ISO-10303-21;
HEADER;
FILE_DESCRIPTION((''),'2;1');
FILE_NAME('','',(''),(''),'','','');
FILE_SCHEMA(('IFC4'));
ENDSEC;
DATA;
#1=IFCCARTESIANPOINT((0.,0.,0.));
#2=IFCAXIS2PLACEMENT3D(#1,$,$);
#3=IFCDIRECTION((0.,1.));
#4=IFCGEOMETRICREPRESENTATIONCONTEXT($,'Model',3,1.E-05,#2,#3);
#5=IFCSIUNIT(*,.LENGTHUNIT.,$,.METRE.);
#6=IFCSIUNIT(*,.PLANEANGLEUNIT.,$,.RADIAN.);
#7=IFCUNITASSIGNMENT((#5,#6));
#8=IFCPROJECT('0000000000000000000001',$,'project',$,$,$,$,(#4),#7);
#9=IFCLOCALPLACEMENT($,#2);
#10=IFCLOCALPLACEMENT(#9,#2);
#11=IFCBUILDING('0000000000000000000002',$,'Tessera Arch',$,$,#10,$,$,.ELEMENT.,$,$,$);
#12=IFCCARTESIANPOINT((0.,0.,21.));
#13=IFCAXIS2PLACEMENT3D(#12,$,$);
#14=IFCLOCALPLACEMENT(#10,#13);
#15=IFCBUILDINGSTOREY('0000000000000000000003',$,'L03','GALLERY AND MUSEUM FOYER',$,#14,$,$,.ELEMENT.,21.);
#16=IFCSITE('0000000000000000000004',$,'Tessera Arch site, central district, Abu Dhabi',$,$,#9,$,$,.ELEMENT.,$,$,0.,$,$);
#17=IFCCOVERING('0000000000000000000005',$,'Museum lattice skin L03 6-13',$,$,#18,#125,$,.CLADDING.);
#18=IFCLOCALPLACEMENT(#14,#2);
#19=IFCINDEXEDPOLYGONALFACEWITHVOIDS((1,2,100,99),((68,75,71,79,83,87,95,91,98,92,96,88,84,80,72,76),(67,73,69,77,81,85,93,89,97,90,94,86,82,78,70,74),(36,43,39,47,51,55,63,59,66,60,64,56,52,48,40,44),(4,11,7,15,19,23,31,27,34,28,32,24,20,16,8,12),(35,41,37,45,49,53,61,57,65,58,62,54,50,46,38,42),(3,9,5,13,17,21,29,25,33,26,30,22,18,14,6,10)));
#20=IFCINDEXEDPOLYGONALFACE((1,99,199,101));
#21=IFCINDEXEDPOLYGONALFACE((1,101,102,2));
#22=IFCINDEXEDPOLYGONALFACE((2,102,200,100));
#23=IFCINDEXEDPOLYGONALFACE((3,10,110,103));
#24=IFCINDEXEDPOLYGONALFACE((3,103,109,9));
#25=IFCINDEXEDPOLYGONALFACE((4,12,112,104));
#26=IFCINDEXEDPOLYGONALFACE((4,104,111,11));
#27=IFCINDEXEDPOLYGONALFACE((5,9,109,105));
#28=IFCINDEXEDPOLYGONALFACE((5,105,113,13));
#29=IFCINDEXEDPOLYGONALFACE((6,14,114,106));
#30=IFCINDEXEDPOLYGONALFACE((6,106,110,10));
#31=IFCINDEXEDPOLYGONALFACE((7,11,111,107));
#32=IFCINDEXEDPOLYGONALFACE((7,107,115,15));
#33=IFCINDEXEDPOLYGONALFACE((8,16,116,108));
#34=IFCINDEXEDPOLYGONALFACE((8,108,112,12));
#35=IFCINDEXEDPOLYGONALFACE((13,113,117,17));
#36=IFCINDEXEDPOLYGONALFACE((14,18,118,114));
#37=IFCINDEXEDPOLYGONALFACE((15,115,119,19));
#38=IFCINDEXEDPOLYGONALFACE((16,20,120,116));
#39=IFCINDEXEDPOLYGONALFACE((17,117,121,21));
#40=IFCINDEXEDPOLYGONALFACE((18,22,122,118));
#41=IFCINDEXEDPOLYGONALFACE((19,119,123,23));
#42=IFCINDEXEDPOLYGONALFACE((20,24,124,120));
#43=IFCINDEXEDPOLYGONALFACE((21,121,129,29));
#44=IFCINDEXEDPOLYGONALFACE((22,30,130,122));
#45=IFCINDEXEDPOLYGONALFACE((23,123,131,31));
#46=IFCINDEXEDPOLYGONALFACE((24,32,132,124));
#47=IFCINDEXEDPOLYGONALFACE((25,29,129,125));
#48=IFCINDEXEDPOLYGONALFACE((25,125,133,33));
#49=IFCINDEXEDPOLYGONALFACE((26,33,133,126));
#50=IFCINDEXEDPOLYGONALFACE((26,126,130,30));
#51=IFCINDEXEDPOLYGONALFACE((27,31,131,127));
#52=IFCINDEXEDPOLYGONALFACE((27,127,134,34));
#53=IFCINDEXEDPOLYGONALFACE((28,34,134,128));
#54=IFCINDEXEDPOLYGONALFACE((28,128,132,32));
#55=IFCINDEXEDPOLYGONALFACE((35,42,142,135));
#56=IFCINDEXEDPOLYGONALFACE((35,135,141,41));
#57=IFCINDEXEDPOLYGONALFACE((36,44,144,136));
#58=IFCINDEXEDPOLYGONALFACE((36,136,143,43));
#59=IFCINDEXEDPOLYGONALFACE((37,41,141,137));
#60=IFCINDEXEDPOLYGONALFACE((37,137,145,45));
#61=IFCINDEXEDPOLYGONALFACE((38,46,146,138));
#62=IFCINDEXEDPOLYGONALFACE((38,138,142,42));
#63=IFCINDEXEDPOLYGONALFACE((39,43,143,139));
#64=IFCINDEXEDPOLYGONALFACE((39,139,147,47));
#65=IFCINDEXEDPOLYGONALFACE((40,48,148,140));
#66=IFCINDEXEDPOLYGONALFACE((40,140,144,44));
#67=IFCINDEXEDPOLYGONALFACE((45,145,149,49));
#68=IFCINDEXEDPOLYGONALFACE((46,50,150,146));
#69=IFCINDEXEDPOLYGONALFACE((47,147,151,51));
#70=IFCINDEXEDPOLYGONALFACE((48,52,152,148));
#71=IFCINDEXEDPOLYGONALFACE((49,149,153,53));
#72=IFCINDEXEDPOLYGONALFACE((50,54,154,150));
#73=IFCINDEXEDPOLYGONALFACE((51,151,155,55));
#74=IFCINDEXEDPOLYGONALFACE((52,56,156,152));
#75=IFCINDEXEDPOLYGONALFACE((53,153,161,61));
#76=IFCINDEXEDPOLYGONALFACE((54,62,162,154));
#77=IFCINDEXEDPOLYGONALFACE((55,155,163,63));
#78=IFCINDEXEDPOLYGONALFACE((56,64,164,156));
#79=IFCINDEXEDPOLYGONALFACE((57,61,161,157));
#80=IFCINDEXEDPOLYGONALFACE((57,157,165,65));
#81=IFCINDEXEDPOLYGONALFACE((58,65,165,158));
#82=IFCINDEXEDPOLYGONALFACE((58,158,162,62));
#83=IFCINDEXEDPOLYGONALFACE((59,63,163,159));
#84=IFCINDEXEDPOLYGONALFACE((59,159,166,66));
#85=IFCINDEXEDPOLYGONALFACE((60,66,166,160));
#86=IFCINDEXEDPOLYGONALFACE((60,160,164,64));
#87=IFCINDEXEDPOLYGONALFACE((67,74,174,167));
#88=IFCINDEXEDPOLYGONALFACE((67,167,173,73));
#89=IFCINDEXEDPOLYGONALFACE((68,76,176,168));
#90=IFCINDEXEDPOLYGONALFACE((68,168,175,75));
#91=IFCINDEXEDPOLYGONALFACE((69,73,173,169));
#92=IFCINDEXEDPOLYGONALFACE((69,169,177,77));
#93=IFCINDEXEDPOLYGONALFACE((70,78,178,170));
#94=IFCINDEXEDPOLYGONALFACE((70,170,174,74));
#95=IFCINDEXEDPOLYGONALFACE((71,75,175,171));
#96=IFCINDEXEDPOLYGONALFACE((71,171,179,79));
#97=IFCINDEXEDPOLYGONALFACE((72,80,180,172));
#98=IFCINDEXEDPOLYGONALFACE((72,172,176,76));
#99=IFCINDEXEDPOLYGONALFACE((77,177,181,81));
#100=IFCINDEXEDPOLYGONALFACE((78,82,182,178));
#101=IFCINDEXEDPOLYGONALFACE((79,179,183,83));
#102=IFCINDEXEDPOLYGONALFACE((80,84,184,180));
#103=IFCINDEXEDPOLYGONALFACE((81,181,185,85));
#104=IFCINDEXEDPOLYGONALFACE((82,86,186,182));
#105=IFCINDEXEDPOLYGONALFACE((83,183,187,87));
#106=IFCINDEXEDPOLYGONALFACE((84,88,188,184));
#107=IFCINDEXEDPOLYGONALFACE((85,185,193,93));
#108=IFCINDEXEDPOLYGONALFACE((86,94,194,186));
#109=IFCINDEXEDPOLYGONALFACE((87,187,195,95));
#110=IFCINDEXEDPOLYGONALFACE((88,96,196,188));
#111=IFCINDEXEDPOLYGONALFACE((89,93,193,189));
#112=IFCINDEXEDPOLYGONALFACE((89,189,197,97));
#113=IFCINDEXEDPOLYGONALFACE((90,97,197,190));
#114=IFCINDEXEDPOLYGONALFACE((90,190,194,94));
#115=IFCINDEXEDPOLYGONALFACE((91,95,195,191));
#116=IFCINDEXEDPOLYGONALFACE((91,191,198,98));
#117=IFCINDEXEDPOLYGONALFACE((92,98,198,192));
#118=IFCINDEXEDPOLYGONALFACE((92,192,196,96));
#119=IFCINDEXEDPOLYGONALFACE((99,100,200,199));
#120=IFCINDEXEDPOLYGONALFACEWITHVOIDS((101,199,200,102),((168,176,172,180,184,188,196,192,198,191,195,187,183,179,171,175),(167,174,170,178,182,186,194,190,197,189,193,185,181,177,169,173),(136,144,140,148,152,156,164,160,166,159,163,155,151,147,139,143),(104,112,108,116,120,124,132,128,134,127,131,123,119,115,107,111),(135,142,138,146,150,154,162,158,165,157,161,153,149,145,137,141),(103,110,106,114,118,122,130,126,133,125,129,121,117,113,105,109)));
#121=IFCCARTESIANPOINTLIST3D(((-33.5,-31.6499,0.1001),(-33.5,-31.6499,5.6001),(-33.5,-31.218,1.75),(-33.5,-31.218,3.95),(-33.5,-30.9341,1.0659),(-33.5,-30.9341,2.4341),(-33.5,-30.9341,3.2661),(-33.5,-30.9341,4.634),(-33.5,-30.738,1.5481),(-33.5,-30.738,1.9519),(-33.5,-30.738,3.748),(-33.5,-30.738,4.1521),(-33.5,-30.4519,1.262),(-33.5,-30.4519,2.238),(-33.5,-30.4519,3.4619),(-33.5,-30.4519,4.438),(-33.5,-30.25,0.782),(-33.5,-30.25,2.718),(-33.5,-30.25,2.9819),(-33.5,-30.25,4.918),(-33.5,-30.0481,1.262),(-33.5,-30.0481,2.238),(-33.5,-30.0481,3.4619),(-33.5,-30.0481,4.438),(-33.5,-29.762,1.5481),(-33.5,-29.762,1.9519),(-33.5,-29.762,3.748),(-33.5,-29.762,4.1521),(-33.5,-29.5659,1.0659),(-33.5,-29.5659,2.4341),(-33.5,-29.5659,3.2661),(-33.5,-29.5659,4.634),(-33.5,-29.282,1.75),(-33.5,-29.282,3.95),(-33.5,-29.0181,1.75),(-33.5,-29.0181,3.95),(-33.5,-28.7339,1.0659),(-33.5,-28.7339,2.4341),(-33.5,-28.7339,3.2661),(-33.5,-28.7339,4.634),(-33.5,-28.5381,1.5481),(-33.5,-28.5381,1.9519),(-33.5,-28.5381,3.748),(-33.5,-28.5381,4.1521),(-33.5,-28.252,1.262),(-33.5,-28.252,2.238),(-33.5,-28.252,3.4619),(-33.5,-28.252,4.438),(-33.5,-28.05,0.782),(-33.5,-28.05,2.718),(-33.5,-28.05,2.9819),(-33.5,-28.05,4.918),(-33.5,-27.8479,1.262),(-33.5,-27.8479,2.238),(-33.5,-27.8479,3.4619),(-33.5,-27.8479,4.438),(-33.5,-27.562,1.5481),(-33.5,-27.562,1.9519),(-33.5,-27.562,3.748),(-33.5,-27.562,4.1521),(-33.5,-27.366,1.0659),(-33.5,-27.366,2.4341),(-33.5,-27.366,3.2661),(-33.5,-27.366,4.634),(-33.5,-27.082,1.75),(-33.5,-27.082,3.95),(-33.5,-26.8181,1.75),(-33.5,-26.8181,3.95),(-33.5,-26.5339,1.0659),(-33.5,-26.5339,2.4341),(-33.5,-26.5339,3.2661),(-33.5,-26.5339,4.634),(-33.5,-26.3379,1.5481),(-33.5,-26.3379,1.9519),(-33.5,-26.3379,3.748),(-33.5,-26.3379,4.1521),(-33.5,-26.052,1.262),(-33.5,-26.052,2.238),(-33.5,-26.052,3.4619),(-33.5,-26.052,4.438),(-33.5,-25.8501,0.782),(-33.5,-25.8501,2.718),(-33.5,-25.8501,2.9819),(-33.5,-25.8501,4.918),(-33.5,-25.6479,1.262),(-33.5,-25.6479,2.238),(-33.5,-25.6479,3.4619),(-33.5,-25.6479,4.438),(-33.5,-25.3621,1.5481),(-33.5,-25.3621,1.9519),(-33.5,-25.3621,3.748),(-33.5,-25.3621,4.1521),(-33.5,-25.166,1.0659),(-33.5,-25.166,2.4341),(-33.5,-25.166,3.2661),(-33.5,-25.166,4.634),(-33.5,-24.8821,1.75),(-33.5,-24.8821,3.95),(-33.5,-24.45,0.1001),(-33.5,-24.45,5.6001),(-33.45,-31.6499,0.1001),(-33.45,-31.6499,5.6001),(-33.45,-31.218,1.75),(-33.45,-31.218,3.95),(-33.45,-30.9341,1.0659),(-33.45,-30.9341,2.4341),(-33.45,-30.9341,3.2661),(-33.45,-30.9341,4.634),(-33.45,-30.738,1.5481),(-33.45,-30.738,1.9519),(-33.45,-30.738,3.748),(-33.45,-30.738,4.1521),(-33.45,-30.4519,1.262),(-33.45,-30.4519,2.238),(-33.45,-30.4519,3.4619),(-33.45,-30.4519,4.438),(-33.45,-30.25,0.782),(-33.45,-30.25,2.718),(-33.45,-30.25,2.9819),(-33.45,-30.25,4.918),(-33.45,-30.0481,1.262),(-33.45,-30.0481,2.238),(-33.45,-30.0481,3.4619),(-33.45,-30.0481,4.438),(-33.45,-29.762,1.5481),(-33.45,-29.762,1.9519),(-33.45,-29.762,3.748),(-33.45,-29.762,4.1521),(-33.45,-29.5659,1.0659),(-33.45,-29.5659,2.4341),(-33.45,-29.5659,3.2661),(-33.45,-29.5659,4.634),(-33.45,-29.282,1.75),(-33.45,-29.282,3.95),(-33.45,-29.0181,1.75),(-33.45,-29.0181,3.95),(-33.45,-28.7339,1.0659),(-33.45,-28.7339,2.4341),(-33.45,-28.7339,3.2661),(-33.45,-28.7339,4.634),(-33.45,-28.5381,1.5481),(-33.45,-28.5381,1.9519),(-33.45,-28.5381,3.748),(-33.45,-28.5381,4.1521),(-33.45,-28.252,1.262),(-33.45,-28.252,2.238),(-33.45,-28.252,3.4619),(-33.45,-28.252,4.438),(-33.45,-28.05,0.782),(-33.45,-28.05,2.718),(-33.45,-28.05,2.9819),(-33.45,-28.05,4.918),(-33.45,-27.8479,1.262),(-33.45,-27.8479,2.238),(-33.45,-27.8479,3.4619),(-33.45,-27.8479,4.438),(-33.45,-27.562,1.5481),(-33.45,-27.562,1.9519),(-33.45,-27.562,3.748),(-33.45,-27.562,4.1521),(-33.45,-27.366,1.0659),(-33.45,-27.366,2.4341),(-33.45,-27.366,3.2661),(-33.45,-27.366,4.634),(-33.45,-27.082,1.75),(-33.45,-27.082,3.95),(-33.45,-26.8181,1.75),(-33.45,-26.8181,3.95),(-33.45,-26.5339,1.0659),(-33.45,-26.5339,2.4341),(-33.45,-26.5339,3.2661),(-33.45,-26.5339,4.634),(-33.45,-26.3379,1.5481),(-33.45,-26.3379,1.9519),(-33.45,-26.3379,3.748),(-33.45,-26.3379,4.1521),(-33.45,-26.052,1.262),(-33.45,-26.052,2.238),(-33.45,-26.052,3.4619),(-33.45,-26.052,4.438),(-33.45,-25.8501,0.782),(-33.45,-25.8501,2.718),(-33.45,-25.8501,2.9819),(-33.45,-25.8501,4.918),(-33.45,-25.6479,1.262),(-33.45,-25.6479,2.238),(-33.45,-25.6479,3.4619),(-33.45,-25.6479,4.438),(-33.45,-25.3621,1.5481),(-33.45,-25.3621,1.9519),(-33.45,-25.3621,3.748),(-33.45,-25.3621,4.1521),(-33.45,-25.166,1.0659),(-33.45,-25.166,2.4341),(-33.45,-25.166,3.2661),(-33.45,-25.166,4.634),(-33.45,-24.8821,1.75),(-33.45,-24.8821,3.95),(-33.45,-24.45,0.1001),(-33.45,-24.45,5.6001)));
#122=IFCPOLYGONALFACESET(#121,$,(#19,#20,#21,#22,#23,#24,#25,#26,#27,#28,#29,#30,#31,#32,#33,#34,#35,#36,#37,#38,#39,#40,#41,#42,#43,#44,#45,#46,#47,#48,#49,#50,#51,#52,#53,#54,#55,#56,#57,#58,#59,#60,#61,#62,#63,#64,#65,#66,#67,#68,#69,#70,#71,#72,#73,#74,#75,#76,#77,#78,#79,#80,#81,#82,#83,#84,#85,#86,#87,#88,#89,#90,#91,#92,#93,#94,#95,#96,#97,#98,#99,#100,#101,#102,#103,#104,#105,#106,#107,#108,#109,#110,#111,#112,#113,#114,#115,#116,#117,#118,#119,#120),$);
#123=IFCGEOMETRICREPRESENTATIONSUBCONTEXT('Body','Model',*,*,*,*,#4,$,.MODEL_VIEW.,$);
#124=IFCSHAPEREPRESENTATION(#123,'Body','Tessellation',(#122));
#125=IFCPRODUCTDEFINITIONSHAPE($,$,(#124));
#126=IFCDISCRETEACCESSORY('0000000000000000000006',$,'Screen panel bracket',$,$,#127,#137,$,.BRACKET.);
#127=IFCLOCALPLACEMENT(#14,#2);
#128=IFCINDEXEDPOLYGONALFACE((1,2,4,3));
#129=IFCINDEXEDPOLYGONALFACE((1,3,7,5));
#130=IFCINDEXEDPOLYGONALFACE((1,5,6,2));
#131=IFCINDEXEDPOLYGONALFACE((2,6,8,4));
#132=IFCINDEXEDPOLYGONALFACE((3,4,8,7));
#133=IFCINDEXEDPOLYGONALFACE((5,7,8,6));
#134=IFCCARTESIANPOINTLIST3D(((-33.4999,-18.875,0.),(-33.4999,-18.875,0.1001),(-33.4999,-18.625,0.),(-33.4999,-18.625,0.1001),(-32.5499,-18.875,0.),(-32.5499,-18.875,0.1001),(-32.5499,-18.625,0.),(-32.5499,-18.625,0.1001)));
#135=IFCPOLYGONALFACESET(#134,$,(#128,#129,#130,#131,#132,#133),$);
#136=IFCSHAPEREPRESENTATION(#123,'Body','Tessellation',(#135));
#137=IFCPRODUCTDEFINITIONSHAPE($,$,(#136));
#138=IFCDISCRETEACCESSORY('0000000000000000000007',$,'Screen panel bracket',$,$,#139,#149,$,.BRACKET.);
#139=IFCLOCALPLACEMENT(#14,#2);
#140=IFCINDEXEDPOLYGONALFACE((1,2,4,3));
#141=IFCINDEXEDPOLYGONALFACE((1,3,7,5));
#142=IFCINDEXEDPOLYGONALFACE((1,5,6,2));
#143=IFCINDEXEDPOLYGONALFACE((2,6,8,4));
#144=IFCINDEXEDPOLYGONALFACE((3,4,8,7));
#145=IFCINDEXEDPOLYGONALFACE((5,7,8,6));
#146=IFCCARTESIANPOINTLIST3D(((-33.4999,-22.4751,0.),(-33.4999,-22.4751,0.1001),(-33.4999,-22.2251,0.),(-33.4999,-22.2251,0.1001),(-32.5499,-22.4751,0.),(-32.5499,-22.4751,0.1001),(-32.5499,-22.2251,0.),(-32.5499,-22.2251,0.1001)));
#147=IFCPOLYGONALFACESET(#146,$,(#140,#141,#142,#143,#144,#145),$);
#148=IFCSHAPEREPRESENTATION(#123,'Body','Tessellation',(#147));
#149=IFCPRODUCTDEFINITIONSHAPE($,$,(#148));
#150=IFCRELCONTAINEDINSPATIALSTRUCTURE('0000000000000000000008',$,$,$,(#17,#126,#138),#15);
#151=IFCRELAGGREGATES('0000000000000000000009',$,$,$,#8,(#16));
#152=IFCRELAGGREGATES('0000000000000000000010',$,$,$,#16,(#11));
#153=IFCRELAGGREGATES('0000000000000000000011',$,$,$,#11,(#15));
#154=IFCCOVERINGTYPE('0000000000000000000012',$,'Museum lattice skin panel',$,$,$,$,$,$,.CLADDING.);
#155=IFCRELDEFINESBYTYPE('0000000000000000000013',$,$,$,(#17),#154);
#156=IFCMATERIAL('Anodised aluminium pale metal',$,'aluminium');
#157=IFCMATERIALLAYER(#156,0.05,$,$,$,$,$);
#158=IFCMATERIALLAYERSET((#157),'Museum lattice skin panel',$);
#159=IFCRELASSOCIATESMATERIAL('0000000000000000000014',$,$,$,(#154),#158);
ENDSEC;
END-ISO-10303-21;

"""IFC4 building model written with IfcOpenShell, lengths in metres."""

from ifc_helpers import new_model, si_unit, direction, frame, origin, origin_2d, place, context, subcontext, project, spatial, polyline, rectangle, outline, extrude, material, layer, layer_set, type_object, element, save


model = new_model("IFC4")

# Units and contexts
model_context = context("Model", 3, precision=1e-05, world=origin(), true_north=direction((0.0, 1.0)))
body_context = subcontext(model_context, "Body", "Model", "MODEL_VIEW")
ifc_project = project(units=[si_unit("LENGTHUNIT", "METRE"), si_unit("PLANEANGLEUNIT", "RADIAN")], contexts=[model_context])

# Site, building, storey
site_placement = place(None, origin())
site = spatial("IfcSite", under=ifc_project, at=site_placement, Name="Tessera Arch site, central district, Abu Dhabi", CompositionType="ELEMENT", RefElevation=0.0)
building_placement = place(site_placement, origin())
building = spatial("IfcBuilding", under=site, at=building_placement, Name="Tessera Arch", CompositionType="ELEMENT")
storey_placement = place(building_placement, frame((0.0, 0.0, 21.0)))
storey = spatial("IfcBuildingStorey", under=building, at=storey_placement, Name="L03", Description="GALLERY AND MUSEUM FOYER", CompositionType="ELEMENT", Elevation=21.0)

# Covering
ifc_material_1 = material(Name="Anodised aluminium pale metal", Category="aluminium")
ifc_layer_1 = layer(ifc_material_1, 0.05)
ifc_layer_set_1 = layer_set([ifc_layer_1], Name="Museum lattice skin panel")
covering_type = type_object("IfcCoveringType", Name="Museum lattice skin panel", PredefinedType="CLADDING", material=ifc_layer_set_1)
covering_1_placement = place(storey_placement, frame((-33.45, -24.45, 5.6001), z_axis=(1.0, 0.0, 0.0), x_axis=(0.0, -1.0, 0.0)))
element("IfcCovering", 1, at=covering_1_placement, inside=storey, type_object=covering_type, Name="Museum lattice skin L03 6-13", PredefinedType="CLADDING", context=body_context, shape_type="SweptSolid", body=[
    extrude(outline(polyline([(0.0, 0.0), (7.2, 0.0), (7.2, 5.5), (0.0, 5.5), (0.0, 0.0)]), holes=[polyline([(2.3682, 3.8501), (1.8879, 3.6482), (2.084, 3.166), (1.6021, 3.3621), (1.4001, 2.8821), (1.198, 3.3621), (0.7161, 3.166), (0.9121, 3.6482), (0.4321, 3.8501), (0.9121, 4.052), (0.7161, 4.5342), (1.198, 4.3381), (1.4001, 4.8181), (1.6021, 4.3381), (2.084, 4.5342), (1.8879, 4.052), (2.3682, 3.8501)]), polyline([(2.3682, 1.6501), (1.8879, 1.448), (2.084, 0.9661), (1.6021, 1.1621), (1.4001, 0.6821), (1.198, 1.1621), (0.7161, 0.9661), (0.9121, 1.448), (0.4321, 1.6501), (0.9121, 1.8521), (0.7161, 2.334), (1.198, 2.1382), (1.4001, 2.6182), (1.6021, 2.1382), (2.084, 2.334), (1.8879, 1.8521), (2.3682, 1.6501)]), polyline([(4.5681, 3.8501), (4.0881, 3.6482), (4.2839, 3.166), (3.802, 3.3621), (3.6001, 2.8821), (3.3979, 3.3621), (2.916, 3.166), (3.1121, 3.6482), (2.6321, 3.8501), (3.1121, 4.052), (2.916, 4.5342), (3.3979, 4.3381), (3.6001, 4.8181), (3.802, 4.3381), (4.2839, 4.5342), (4.0881, 4.052), (4.5681, 3.8501)]), polyline([(4.5681, 1.6501), (4.0881, 1.448), (4.2839, 0.9661), (3.802, 1.1621), (3.6001, 0.6821), (3.3979, 1.1621), (2.916, 0.9661), (3.1121, 1.448), (2.6321, 1.6501), (3.1121, 1.8521), (2.916, 2.334), (3.3979, 2.1382), (3.6001, 2.6182), (3.802, 2.1382), (4.2839, 2.334), (4.0881, 1.8521), (4.5681, 1.6501)]), polyline([(6.7681, 3.8501), (6.2881, 3.6482), (6.4841, 3.166), (6.002, 3.3621), (5.8, 2.8821), (5.5981, 3.3621), (5.116, 3.166), (5.312, 3.6482), (4.832, 3.8501), (5.312, 4.052), (5.116, 4.5342), (5.5981, 4.3381), (5.8, 4.8181), (6.002, 4.3381), (6.4841, 4.5342), (6.2881, 4.052), (6.7681, 3.8501)]), polyline([(6.7681, 1.6501), (6.2881, 1.448), (6.4841, 0.9661), (6.002, 1.1621), (5.8, 0.6821), (5.5981, 1.1621), (5.116, 0.9661), (5.312, 1.448), (4.832, 1.6501), (5.312, 1.8521), (5.116, 2.334), (5.5981, 2.1382), (5.8, 2.6182), (6.002, 2.1382), (6.4841, 2.334), (6.2881, 1.8521), (6.7681, 1.6501)])]), origin(), (0.0, 0.0, -1.0), 0.05),
])

# Discrete accessories
for number, where, z_axis, x_axis, name in (
    (2, (-33.0249, -18.75, 0.0), (0.0, 0.0, 1.0), (-1.0, 0.0, 0.0), "Screen panel bracket"),
    (3, (-33.0249, -22.3501, 0.0), (0.0, 0.0, 1.0), (-1.0, 0.0, 0.0), "Screen panel bracket"),
):
    element("IfcDiscreteAccessory", number, at=place(storey_placement, frame(where, z_axis=z_axis, x_axis=x_axis)), inside=storey, Name=name, PredefinedType="BRACKET", context=body_context, shape_type="SweptSolid", body=[
        extrude(rectangle(XDim=0.95, YDim=0.25, at=origin_2d()), origin(), (0.0, 0.0, 1.0), 0.1001),
    ])

save(model, "model.ifc")
